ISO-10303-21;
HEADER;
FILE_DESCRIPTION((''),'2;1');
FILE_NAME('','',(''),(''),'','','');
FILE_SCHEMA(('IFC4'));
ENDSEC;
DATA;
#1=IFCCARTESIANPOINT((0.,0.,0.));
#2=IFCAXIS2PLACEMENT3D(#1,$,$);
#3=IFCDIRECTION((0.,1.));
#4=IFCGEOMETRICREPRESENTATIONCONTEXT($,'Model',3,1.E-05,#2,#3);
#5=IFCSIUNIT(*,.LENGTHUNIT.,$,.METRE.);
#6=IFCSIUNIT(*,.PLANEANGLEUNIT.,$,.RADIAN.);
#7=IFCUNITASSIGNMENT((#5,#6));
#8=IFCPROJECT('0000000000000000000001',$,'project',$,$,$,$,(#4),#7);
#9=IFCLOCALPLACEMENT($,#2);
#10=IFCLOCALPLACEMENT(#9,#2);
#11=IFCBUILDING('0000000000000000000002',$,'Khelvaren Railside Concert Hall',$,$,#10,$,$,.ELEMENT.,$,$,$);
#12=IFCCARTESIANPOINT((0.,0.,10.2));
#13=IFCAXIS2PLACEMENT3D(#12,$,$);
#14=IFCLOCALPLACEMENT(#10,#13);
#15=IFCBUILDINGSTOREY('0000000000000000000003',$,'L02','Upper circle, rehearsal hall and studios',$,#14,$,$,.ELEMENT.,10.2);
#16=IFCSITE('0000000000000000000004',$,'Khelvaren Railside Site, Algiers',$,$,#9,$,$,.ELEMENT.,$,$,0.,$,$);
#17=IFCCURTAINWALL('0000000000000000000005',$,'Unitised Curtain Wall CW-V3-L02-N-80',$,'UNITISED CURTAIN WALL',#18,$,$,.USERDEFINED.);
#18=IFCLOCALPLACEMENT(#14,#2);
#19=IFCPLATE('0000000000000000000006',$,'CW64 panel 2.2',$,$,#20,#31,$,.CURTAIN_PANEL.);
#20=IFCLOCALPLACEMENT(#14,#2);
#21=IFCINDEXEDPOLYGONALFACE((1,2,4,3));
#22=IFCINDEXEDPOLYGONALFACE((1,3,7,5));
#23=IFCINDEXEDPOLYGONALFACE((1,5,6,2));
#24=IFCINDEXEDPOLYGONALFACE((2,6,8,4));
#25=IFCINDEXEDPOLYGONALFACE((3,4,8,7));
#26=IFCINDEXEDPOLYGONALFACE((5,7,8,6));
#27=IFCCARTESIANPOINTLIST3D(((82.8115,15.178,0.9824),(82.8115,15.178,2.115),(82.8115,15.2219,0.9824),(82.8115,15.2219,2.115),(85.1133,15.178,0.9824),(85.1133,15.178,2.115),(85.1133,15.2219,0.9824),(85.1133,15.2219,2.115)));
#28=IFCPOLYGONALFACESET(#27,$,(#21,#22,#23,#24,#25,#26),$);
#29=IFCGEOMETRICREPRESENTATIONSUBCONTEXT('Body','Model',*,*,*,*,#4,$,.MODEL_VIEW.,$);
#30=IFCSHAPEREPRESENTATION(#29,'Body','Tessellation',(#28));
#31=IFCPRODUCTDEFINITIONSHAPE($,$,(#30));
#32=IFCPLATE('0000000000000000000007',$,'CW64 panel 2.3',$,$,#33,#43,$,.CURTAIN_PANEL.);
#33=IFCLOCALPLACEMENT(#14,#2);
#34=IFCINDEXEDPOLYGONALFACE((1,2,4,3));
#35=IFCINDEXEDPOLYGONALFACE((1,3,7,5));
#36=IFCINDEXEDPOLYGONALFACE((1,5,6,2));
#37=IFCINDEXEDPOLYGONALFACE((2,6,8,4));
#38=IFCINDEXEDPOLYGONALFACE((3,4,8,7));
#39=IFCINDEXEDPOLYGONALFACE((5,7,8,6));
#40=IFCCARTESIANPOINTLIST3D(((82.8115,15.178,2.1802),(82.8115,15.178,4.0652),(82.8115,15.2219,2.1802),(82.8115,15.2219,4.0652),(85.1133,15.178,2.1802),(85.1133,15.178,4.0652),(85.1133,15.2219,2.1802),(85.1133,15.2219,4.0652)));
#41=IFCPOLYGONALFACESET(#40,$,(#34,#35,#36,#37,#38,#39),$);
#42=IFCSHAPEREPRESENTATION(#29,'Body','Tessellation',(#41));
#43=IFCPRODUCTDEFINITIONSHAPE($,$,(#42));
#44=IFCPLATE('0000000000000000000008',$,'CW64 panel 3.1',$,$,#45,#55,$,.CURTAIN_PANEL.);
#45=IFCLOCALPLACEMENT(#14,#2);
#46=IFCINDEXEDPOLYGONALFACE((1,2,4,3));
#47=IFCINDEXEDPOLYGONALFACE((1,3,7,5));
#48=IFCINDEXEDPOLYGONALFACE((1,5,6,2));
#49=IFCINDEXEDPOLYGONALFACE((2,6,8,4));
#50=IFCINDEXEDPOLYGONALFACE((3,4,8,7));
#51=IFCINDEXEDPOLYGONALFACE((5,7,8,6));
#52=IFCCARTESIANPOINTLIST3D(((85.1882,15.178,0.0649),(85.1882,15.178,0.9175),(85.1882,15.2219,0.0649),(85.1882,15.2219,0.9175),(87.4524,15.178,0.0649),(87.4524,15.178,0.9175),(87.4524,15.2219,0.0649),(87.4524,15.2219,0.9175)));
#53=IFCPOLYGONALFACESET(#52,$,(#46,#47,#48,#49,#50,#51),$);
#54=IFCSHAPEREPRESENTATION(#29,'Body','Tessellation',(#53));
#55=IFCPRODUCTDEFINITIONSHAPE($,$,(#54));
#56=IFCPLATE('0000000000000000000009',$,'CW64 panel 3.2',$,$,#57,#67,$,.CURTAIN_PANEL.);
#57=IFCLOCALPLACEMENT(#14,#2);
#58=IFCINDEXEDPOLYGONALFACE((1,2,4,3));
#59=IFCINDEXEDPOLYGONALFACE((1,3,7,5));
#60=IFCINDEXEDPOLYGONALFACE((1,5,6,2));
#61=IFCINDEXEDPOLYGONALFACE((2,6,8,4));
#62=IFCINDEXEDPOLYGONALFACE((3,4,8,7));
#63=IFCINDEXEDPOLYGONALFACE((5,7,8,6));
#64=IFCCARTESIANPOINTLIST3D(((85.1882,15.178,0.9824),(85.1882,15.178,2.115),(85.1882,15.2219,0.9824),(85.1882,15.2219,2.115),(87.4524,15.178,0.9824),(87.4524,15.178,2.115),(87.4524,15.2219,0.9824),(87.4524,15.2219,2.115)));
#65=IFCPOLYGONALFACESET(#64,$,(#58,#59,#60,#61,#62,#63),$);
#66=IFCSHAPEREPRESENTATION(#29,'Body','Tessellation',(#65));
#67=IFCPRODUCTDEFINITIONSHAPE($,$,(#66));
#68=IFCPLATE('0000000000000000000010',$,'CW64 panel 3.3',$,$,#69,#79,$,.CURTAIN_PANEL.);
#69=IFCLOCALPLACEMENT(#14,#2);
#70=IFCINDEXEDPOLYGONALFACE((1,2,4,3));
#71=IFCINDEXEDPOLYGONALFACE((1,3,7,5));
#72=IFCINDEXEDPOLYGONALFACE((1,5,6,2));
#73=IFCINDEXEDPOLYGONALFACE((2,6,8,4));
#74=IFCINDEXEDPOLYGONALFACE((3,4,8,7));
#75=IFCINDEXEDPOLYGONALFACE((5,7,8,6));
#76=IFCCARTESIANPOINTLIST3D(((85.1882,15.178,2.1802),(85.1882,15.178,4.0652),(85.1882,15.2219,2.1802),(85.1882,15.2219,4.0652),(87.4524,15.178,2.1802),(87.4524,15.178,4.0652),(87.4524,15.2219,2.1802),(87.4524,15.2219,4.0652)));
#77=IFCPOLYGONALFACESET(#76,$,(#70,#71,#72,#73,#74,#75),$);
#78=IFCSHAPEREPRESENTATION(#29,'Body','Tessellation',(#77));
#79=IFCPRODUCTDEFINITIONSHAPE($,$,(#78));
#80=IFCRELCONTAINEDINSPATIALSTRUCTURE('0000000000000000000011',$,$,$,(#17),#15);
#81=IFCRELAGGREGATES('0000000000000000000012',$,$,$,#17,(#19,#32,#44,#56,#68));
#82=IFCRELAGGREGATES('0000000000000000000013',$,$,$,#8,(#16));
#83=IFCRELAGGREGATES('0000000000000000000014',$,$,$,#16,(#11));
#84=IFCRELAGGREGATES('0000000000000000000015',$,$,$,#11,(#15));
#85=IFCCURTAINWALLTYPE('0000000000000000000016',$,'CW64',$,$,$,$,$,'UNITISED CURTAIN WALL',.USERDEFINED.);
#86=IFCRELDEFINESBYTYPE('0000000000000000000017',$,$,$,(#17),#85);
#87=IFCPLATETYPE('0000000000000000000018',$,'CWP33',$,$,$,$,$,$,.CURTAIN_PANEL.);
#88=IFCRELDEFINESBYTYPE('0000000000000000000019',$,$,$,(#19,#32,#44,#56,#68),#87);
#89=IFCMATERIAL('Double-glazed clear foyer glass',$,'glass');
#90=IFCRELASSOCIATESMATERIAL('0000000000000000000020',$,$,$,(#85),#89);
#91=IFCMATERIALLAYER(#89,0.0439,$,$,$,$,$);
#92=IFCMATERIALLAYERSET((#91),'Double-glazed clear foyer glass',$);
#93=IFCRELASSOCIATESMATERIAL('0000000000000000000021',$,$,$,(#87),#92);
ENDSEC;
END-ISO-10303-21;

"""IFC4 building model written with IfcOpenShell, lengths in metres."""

from ifc_helpers import new_model, si_unit, direction, frame, origin, origin_2d, place, context, subcontext, project, spatial, rectangle, extrude, material, layer, layer_set, type_object, element, aggregate, save


model = new_model("IFC4")

# Units and contexts
model_context = context("Model", 3, precision=1e-05, world=origin(), true_north=direction((0.0, 1.0)))
body_context = subcontext(model_context, "Body", "Model", "MODEL_VIEW")
ifc_project = project(units=[si_unit("LENGTHUNIT", "METRE"), si_unit("PLANEANGLEUNIT", "RADIAN")], contexts=[model_context])

# Site, building, storey
site_placement = place(None, origin())
site = spatial("IfcSite", under=ifc_project, at=site_placement, Name="Khelvaren Railside Site, Algiers", CompositionType="ELEMENT", RefElevation=0.0)
building_placement = place(site_placement, origin())
building = spatial("IfcBuilding", under=site, at=building_placement, Name="Khelvaren Railside Concert Hall", CompositionType="ELEMENT")
storey_placement = place(building_placement, frame((0.0, 0.0, 10.2)))
storey = spatial("IfcBuildingStorey", under=building, at=storey_placement, Name="L02", Description="Upper circle, rehearsal hall and studios", CompositionType="ELEMENT", Elevation=10.2)

# Curtain wall, plates
ifc_material_1 = material(Name="Double-glazed clear foyer glass", Category="glass")
curtain_wall_type = type_object("IfcCurtainWallType", Name="CW64", ElementType="UNITISED CURTAIN WALL", PredefinedType="USERDEFINED", material=ifc_material_1)
curtain_wall_placement = place(storey_placement, origin())
curtain_wall = element("IfcCurtainWall", 1, at=curtain_wall_placement, inside=storey, type_object=curtain_wall_type, Name="Unitised Curtain Wall CW-V3-L02-N-80", ObjectType="UNITISED CURTAIN WALL", PredefinedType="USERDEFINED")
ifc_layer = layer(ifc_material_1, 0.0439)
ifc_layer_set = layer_set([ifc_layer], Name="Double-glazed clear foyer glass")
plate_type = type_object("IfcPlateType", Name="CWP33", PredefinedType="CURTAIN_PANEL", material=ifc_layer_set)
plate_1_placement = place(storey_placement, frame((83.9624, 15.2, 0.9824), z_axis=(0.0, 0.0, 1.0), x_axis=(1.0, 0.0, 0.0)))
plate_1 = element("IfcPlate", 2, at=plate_1_placement, type_object=plate_type, Name="CW64 panel 2.2", PredefinedType="CURTAIN_PANEL", context=body_context, shape_type="SweptSolid", body=[
    extrude(rectangle(XDim=2.3018, YDim=0.0439, at=origin_2d()), origin(), (0.0, 0.0, 1.0), 1.1326),
])
plate_2_placement = place(storey_placement, frame((83.9624, 15.2, 2.1802), z_axis=(0.0, 0.0, 1.0), x_axis=(1.0, 0.0, 0.0)))
plate_2 = element("IfcPlate", 3, at=plate_2_placement, type_object=plate_type, Name="CW64 panel 2.3", PredefinedType="CURTAIN_PANEL", context=body_context, shape_type="SweptSolid", body=[
    extrude(rectangle(XDim=2.3018, YDim=0.0439, at=origin_2d()), origin(), (0.0, 0.0, 1.0), 1.885),
])
plate_3_placement = place(storey_placement, frame((86.3203, 15.2, 0.0649), z_axis=(0.0, 0.0, 1.0), x_axis=(1.0, 0.0, 0.0)))
plate_3 = element("IfcPlate", 4, at=plate_3_placement, type_object=plate_type, Name="CW64 panel 3.1", PredefinedType="CURTAIN_PANEL", context=body_context, shape_type="SweptSolid", body=[
    extrude(rectangle(XDim=2.2642, YDim=0.0439, at=origin_2d()), origin(), (0.0, 0.0, 1.0), 0.8525),
])
plate_4_placement = place(storey_placement, frame((86.3203, 15.2, 0.9824), z_axis=(0.0, 0.0, 1.0), x_axis=(1.0, 0.0, 0.0)))
plate_4 = element("IfcPlate", 5, at=plate_4_placement, type_object=plate_type, Name="CW64 panel 3.2", PredefinedType="CURTAIN_PANEL", context=body_context, shape_type="SweptSolid", body=[
    extrude(rectangle(XDim=2.2642, YDim=0.0439, at=origin_2d()), origin(), (0.0, 0.0, 1.0), 1.1326),
])
plate_5_placement = place(storey_placement, frame((86.3203, 15.2, 2.1802), z_axis=(0.0, 0.0, 1.0), x_axis=(1.0, 0.0, 0.0)))
plate_5 = element("IfcPlate", 6, at=plate_5_placement, type_object=plate_type, Name="CW64 panel 3.3", PredefinedType="CURTAIN_PANEL", context=body_context, shape_type="SweptSolid", body=[
    extrude(rectangle(XDim=2.2642, YDim=0.0439, at=origin_2d()), origin(), (0.0, 0.0, 1.0), 1.885),
])
aggregate(curtain_wall, [plate_1, plate_2, plate_3, plate_4, plate_5])

save(model, "model.ifc")
